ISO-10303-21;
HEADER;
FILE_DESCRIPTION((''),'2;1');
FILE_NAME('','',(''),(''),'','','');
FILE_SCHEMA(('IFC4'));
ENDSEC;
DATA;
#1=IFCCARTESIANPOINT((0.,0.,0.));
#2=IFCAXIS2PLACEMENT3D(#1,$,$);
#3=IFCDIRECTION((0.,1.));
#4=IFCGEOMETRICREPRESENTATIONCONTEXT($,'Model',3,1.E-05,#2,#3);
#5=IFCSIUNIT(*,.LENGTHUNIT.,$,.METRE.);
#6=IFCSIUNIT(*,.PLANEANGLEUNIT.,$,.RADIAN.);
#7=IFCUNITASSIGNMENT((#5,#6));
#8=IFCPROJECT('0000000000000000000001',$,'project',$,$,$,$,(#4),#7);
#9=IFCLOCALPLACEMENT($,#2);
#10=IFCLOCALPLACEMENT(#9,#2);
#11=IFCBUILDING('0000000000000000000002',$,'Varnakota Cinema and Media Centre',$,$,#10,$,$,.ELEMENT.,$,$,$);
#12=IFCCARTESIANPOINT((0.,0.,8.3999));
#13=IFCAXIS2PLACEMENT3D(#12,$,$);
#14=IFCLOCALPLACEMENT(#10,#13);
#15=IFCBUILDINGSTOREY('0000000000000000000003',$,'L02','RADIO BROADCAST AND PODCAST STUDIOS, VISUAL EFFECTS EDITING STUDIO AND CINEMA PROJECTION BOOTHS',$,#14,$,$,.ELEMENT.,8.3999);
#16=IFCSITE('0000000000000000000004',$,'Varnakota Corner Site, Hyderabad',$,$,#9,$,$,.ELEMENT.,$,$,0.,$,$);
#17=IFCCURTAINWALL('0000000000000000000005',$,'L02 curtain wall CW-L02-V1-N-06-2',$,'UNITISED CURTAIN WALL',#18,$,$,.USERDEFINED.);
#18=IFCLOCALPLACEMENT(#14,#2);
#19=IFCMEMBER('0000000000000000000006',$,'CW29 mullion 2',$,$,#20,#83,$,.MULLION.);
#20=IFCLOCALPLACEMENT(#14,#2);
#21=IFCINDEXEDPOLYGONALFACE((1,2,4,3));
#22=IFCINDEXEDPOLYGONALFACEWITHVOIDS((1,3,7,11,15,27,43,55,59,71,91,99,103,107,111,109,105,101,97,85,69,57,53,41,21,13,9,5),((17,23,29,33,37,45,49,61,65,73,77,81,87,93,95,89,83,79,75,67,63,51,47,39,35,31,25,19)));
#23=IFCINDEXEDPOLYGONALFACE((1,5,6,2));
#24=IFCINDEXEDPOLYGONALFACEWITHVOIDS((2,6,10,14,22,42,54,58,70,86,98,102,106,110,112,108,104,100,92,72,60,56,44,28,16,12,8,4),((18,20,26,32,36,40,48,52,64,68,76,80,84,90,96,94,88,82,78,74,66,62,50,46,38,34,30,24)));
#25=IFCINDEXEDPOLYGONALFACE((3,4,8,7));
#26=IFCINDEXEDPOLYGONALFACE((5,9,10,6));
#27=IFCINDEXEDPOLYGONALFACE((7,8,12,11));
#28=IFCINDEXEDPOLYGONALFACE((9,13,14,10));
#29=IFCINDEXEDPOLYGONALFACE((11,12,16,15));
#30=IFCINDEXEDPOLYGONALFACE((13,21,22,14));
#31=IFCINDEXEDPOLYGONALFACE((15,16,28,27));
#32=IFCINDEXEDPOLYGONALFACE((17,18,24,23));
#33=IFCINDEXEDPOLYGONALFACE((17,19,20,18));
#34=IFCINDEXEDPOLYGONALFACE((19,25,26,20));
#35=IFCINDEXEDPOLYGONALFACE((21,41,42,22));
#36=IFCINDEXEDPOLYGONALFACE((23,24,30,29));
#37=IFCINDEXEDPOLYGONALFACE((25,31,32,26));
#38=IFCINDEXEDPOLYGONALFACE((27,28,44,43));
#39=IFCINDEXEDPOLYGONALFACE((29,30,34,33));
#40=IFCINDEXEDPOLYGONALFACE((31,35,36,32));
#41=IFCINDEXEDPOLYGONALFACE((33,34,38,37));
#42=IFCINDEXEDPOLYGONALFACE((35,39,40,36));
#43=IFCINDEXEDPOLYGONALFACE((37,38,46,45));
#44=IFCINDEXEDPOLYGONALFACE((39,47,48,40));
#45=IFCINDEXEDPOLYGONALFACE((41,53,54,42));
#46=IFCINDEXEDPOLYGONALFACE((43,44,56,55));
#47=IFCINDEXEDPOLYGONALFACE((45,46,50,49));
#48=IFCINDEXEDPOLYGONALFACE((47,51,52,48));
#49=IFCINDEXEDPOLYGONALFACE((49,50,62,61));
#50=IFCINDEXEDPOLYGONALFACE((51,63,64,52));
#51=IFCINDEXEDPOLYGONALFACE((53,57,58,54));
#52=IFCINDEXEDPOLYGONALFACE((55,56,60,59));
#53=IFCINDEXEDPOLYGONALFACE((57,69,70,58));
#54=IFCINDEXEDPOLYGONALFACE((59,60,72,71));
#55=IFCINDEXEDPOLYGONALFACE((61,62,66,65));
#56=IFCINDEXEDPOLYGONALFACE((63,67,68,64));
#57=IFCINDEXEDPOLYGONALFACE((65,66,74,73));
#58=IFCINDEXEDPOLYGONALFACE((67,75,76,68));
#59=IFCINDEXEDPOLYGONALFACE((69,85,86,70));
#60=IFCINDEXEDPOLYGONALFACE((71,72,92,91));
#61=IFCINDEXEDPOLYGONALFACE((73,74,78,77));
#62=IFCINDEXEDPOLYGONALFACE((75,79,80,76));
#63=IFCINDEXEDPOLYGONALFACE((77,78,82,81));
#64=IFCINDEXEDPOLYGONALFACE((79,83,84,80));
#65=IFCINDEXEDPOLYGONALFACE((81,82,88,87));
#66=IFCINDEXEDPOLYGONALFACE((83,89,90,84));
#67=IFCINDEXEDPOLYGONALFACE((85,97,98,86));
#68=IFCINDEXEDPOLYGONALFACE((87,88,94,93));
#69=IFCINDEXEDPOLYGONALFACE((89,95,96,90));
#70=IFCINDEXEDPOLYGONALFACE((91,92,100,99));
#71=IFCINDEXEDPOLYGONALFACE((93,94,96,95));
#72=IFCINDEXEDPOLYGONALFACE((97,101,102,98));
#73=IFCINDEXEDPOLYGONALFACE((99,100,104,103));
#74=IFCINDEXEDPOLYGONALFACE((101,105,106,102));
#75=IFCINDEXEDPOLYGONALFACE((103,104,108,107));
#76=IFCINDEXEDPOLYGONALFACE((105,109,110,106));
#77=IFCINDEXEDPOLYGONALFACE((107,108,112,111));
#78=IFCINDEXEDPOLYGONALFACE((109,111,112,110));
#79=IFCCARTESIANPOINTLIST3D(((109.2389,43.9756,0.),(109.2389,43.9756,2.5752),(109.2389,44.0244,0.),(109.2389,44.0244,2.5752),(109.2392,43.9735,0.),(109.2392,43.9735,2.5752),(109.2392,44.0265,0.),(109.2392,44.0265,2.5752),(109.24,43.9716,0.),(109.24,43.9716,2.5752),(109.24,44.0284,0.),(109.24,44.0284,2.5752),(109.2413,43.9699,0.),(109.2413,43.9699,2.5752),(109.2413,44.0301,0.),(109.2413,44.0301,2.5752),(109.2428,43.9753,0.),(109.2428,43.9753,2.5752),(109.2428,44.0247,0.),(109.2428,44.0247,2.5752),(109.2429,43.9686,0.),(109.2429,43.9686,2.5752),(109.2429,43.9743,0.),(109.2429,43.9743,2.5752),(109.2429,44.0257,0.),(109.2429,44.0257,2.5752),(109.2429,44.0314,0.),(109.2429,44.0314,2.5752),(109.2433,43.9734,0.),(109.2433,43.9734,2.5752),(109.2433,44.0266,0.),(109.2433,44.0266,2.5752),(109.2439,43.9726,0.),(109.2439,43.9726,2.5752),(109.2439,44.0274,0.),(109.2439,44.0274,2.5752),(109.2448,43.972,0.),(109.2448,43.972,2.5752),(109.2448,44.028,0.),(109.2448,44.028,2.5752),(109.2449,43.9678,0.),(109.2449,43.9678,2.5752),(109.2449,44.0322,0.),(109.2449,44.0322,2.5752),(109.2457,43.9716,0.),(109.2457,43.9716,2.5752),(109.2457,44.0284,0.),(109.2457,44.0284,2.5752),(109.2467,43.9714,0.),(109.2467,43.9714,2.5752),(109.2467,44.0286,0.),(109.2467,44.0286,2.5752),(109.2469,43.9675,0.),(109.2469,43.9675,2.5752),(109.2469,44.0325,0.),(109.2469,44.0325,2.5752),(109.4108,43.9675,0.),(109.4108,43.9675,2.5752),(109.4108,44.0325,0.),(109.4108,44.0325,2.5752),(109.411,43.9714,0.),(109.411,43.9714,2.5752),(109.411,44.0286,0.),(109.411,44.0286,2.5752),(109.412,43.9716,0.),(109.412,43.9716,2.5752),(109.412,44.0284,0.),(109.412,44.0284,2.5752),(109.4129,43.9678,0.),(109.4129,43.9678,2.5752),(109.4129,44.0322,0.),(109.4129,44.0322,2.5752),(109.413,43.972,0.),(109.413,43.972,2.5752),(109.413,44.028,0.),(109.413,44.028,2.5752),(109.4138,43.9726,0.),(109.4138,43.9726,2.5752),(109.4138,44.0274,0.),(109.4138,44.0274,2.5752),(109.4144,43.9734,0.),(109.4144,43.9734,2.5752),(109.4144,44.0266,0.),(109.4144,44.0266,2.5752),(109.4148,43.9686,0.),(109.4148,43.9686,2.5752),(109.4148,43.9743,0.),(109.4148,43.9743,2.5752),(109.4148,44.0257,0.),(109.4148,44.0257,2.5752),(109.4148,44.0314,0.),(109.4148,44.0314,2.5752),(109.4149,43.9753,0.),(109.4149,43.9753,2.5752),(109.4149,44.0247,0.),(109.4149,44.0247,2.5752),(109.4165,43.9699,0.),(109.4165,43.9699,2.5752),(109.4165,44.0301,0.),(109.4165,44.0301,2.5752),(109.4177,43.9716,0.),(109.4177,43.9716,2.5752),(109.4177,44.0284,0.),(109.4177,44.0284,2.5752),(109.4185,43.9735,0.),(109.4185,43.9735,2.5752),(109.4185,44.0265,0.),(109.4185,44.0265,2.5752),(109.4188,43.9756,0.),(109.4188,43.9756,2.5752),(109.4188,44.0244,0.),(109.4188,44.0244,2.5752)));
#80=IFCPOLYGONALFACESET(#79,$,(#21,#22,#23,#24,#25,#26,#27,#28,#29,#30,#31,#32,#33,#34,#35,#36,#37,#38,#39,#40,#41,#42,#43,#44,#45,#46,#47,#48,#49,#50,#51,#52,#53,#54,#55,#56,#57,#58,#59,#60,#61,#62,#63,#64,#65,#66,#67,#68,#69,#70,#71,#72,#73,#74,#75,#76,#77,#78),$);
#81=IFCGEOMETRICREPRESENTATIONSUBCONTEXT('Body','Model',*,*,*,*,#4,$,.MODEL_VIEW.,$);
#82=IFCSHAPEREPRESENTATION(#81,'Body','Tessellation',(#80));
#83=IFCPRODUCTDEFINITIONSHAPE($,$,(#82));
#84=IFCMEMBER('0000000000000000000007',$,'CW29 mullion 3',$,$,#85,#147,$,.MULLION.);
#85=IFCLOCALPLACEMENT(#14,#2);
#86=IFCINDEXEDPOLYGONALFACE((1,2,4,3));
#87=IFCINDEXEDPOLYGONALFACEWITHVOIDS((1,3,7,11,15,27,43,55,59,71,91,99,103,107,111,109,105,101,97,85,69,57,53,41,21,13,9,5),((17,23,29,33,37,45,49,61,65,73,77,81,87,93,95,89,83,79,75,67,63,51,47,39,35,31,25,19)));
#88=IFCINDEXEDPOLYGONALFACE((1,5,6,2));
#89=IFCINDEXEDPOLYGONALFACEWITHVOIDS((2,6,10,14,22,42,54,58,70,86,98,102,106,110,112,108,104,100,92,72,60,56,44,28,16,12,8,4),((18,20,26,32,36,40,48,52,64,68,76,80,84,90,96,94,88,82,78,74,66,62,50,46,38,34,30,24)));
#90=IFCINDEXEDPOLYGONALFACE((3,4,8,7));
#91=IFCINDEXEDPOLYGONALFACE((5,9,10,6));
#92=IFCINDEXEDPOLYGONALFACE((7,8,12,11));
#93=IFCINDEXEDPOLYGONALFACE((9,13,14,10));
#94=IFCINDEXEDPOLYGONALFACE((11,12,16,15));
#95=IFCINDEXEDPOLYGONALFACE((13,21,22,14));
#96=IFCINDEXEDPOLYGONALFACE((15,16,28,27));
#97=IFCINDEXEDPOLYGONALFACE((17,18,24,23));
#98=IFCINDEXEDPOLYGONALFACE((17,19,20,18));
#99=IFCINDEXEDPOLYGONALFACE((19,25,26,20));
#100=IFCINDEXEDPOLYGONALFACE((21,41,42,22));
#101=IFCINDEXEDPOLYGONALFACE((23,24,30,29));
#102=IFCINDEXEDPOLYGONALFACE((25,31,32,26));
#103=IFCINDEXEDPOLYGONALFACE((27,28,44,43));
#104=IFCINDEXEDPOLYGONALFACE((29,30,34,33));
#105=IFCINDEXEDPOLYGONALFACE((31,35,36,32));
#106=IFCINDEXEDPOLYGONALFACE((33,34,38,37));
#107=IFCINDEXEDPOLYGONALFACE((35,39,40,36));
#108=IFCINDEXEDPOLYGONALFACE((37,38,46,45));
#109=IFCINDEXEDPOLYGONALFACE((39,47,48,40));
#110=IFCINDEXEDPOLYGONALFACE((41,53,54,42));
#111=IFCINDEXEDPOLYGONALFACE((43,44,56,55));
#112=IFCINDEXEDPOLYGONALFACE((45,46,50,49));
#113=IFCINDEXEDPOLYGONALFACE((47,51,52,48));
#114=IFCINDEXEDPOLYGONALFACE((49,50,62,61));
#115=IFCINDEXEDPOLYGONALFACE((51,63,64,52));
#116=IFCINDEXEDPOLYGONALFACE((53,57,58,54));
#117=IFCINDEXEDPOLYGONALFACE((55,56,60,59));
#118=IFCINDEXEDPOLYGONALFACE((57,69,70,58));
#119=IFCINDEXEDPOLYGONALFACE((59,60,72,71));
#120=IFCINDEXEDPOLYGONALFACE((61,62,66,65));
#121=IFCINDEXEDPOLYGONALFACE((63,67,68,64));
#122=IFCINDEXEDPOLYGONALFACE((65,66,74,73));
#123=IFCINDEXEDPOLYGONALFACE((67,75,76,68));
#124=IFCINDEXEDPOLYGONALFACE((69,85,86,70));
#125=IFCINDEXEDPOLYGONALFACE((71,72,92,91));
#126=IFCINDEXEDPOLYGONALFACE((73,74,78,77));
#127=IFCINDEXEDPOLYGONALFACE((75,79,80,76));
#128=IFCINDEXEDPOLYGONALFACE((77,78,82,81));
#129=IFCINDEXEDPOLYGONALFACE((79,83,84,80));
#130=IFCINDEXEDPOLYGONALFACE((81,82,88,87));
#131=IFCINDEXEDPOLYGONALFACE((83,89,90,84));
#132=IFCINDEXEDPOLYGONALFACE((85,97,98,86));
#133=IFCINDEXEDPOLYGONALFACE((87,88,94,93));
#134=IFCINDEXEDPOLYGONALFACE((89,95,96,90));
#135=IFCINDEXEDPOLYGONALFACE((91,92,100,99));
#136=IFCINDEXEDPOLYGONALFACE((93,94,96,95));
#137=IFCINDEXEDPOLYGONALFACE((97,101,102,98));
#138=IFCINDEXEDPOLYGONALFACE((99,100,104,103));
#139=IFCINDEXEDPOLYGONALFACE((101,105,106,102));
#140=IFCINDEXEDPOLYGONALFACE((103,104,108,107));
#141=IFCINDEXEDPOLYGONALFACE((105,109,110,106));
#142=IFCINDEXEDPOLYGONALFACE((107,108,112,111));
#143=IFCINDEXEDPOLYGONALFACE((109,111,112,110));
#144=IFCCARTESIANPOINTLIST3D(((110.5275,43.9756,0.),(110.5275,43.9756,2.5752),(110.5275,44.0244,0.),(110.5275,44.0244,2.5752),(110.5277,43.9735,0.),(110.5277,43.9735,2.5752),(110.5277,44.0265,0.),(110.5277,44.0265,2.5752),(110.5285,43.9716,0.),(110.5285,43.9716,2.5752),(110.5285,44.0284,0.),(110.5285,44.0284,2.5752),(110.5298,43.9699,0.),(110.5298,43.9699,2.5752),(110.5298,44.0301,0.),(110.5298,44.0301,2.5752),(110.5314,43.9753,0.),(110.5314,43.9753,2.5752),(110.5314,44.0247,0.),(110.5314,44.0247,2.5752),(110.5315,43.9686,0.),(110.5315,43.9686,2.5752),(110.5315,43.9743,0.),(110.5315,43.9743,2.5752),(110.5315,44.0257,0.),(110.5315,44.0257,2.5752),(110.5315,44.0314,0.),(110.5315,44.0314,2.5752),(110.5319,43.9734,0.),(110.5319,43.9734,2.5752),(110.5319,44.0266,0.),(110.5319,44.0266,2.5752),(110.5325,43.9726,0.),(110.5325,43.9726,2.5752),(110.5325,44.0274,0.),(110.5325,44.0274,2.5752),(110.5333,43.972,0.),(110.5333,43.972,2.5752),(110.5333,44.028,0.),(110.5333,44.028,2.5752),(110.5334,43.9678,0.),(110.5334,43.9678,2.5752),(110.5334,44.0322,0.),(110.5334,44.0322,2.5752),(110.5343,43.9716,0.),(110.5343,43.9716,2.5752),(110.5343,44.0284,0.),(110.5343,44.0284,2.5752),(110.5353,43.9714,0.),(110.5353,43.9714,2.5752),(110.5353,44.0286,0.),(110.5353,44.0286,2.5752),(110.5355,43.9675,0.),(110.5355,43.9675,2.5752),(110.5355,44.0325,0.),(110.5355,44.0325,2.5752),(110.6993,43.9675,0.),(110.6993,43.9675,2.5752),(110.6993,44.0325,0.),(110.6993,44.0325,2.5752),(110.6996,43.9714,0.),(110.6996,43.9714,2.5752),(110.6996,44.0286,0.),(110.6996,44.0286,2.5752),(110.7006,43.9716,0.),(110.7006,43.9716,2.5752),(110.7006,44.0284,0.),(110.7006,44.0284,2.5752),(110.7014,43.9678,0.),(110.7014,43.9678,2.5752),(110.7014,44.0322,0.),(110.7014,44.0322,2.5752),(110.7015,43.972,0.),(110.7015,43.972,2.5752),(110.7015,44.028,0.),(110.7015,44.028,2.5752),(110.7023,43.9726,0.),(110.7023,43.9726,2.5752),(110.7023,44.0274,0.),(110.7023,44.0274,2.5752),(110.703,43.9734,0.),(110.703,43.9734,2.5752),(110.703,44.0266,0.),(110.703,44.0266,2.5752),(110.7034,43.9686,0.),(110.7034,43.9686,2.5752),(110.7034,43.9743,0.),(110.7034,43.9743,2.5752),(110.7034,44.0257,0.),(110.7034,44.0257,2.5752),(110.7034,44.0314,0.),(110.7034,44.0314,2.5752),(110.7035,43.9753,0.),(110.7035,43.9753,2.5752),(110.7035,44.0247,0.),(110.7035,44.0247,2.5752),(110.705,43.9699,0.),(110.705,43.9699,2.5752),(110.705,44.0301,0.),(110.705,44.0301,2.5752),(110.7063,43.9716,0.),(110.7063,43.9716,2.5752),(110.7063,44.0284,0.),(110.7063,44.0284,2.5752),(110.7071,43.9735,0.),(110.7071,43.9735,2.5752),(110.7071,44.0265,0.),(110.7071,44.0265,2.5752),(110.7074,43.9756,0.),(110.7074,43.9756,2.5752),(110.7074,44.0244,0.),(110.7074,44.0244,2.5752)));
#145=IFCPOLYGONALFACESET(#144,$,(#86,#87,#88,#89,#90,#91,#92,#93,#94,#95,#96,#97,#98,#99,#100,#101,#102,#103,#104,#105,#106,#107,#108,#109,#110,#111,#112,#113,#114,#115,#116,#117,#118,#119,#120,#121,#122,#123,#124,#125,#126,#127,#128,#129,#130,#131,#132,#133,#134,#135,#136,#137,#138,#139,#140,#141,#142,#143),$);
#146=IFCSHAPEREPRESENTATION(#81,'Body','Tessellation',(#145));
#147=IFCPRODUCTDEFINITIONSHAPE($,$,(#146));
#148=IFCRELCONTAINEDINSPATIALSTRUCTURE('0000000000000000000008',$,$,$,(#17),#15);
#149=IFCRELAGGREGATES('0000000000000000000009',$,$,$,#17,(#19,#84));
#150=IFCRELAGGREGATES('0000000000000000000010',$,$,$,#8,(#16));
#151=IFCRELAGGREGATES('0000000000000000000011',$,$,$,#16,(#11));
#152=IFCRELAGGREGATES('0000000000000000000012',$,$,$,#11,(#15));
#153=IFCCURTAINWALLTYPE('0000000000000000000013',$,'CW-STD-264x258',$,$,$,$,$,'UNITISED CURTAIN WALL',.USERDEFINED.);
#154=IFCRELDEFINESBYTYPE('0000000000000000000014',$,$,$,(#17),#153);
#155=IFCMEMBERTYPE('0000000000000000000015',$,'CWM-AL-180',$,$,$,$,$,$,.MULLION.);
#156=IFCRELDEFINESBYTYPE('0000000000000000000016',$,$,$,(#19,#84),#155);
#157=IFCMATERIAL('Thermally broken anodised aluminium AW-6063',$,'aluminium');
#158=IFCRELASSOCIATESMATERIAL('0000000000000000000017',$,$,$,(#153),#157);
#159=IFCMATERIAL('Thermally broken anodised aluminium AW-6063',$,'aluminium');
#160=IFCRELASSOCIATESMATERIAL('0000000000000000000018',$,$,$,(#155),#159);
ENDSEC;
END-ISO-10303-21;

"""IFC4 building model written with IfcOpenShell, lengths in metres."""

from ifc_helpers import new_model, si_unit, direction, frame, origin, origin_2d, place, context, subcontext, project, spatial, hollow_rectangle, extrude, material, material_profile, profile_set, type_object, element, aggregate, save


model = new_model("IFC4")

# Units and contexts
model_context = context("Model", 3, precision=1e-05, world=origin(), true_north=direction((0.0, 1.0)))
body_context = subcontext(model_context, "Body", "Model", "MODEL_VIEW")
ifc_project = project(units=[si_unit("LENGTHUNIT", "METRE"), si_unit("PLANEANGLEUNIT", "RADIAN")], contexts=[model_context])

# Site, building, storey
site_placement = place(None, origin())
site = spatial("IfcSite", under=ifc_project, at=site_placement, Name="Varnakota Corner Site, Hyderabad", CompositionType="ELEMENT", RefElevation=0.0)
building_placement = place(site_placement, origin())
building = spatial("IfcBuilding", under=site, at=building_placement, Name="Varnakota Cinema and Media Centre", CompositionType="ELEMENT")
storey_placement = place(building_placement, frame((0.0, 0.0, 8.3999)))
storey = spatial("IfcBuildingStorey", under=building, at=storey_placement, Name="L02", Description="RADIO BROADCAST AND PODCAST STUDIOS, VISUAL EFFECTS EDITING STUDIO AND CINEMA PROJECTION BOOTHS", CompositionType="ELEMENT", Elevation=8.3999)

# Shared definitions
ifc_material_1 = material(Name="Thermally broken anodised aluminium AW-6063", Category="aluminium")
curtain_wall_type = type_object("IfcCurtainWallType", Name="CW-STD-264x258", ElementType="UNITISED CURTAIN WALL", PredefinedType="USERDEFINED", material=ifc_material_1)
ifc_material_2 = material(Name="Thermally broken anodised aluminium AW-6063", Category="aluminium")
ifc_material_profile_1 = material_profile(ifc_material_2, hollow_rectangle(XDim=0.0649, YDim=0.1799, WallThickness=0.0039, InnerFilletRadius=0.0039, OuterFilletRadius=0.0081, at=origin_2d()), Name="AL-MULLION 180x65x4")
ifc_profile_set_1 = profile_set([ifc_material_profile_1], Name="Thermally broken anodised aluminium AW-6063")
member_type_1 = type_object("IfcMemberType", Name="CWM-AL-180", PredefinedType="MULLION", material=ifc_profile_set_1)

# Curtain wall, members
curtain_wall_1_placement = place(storey_placement, origin())
curtain_wall_1 = element("IfcCurtainWall", 1, at=curtain_wall_1_placement, inside=storey, type_object=curtain_wall_type, Name="L02 curtain wall CW-L02-V1-N-06-2", ObjectType="UNITISED CURTAIN WALL", PredefinedType="USERDEFINED")
member_1_placement = place(storey_placement, frame((109.3289, 44.0, 0.0), z_axis=(0.0, 0.0, 1.0), x_axis=(0.0, 1.0, 0.0)))
member_1 = element("IfcMember", 2, at=member_1_placement, type_object=member_type_1, Name="CW29 mullion 2", PredefinedType="MULLION", context=body_context, shape_type="SweptSolid", body=[
    extrude(hollow_rectangle(XDim=0.0649, YDim=0.1799, WallThickness=0.0039, InnerFilletRadius=0.0039, OuterFilletRadius=0.0081, at=origin_2d()), origin(), (0.0, 0.0, 1.0), 2.5752),
])
member_2_placement = place(storey_placement, frame((110.6174, 44.0, 0.0), z_axis=(0.0, 0.0, 1.0), x_axis=(0.0, 1.0, 0.0)))
member_2 = element("IfcMember", 3, at=member_2_placement, type_object=member_type_1, Name="CW29 mullion 3", PredefinedType="MULLION", context=body_context, shape_type="SweptSolid", body=[
    extrude(hollow_rectangle(XDim=0.0649, YDim=0.1799, WallThickness=0.0039, InnerFilletRadius=0.0039, OuterFilletRadius=0.0081, at=origin_2d()), origin(), (0.0, 0.0, 1.0), 2.5752),
])

aggregate(curtain_wall_1, [member_1, member_2])

save(model, "model.ifc")
